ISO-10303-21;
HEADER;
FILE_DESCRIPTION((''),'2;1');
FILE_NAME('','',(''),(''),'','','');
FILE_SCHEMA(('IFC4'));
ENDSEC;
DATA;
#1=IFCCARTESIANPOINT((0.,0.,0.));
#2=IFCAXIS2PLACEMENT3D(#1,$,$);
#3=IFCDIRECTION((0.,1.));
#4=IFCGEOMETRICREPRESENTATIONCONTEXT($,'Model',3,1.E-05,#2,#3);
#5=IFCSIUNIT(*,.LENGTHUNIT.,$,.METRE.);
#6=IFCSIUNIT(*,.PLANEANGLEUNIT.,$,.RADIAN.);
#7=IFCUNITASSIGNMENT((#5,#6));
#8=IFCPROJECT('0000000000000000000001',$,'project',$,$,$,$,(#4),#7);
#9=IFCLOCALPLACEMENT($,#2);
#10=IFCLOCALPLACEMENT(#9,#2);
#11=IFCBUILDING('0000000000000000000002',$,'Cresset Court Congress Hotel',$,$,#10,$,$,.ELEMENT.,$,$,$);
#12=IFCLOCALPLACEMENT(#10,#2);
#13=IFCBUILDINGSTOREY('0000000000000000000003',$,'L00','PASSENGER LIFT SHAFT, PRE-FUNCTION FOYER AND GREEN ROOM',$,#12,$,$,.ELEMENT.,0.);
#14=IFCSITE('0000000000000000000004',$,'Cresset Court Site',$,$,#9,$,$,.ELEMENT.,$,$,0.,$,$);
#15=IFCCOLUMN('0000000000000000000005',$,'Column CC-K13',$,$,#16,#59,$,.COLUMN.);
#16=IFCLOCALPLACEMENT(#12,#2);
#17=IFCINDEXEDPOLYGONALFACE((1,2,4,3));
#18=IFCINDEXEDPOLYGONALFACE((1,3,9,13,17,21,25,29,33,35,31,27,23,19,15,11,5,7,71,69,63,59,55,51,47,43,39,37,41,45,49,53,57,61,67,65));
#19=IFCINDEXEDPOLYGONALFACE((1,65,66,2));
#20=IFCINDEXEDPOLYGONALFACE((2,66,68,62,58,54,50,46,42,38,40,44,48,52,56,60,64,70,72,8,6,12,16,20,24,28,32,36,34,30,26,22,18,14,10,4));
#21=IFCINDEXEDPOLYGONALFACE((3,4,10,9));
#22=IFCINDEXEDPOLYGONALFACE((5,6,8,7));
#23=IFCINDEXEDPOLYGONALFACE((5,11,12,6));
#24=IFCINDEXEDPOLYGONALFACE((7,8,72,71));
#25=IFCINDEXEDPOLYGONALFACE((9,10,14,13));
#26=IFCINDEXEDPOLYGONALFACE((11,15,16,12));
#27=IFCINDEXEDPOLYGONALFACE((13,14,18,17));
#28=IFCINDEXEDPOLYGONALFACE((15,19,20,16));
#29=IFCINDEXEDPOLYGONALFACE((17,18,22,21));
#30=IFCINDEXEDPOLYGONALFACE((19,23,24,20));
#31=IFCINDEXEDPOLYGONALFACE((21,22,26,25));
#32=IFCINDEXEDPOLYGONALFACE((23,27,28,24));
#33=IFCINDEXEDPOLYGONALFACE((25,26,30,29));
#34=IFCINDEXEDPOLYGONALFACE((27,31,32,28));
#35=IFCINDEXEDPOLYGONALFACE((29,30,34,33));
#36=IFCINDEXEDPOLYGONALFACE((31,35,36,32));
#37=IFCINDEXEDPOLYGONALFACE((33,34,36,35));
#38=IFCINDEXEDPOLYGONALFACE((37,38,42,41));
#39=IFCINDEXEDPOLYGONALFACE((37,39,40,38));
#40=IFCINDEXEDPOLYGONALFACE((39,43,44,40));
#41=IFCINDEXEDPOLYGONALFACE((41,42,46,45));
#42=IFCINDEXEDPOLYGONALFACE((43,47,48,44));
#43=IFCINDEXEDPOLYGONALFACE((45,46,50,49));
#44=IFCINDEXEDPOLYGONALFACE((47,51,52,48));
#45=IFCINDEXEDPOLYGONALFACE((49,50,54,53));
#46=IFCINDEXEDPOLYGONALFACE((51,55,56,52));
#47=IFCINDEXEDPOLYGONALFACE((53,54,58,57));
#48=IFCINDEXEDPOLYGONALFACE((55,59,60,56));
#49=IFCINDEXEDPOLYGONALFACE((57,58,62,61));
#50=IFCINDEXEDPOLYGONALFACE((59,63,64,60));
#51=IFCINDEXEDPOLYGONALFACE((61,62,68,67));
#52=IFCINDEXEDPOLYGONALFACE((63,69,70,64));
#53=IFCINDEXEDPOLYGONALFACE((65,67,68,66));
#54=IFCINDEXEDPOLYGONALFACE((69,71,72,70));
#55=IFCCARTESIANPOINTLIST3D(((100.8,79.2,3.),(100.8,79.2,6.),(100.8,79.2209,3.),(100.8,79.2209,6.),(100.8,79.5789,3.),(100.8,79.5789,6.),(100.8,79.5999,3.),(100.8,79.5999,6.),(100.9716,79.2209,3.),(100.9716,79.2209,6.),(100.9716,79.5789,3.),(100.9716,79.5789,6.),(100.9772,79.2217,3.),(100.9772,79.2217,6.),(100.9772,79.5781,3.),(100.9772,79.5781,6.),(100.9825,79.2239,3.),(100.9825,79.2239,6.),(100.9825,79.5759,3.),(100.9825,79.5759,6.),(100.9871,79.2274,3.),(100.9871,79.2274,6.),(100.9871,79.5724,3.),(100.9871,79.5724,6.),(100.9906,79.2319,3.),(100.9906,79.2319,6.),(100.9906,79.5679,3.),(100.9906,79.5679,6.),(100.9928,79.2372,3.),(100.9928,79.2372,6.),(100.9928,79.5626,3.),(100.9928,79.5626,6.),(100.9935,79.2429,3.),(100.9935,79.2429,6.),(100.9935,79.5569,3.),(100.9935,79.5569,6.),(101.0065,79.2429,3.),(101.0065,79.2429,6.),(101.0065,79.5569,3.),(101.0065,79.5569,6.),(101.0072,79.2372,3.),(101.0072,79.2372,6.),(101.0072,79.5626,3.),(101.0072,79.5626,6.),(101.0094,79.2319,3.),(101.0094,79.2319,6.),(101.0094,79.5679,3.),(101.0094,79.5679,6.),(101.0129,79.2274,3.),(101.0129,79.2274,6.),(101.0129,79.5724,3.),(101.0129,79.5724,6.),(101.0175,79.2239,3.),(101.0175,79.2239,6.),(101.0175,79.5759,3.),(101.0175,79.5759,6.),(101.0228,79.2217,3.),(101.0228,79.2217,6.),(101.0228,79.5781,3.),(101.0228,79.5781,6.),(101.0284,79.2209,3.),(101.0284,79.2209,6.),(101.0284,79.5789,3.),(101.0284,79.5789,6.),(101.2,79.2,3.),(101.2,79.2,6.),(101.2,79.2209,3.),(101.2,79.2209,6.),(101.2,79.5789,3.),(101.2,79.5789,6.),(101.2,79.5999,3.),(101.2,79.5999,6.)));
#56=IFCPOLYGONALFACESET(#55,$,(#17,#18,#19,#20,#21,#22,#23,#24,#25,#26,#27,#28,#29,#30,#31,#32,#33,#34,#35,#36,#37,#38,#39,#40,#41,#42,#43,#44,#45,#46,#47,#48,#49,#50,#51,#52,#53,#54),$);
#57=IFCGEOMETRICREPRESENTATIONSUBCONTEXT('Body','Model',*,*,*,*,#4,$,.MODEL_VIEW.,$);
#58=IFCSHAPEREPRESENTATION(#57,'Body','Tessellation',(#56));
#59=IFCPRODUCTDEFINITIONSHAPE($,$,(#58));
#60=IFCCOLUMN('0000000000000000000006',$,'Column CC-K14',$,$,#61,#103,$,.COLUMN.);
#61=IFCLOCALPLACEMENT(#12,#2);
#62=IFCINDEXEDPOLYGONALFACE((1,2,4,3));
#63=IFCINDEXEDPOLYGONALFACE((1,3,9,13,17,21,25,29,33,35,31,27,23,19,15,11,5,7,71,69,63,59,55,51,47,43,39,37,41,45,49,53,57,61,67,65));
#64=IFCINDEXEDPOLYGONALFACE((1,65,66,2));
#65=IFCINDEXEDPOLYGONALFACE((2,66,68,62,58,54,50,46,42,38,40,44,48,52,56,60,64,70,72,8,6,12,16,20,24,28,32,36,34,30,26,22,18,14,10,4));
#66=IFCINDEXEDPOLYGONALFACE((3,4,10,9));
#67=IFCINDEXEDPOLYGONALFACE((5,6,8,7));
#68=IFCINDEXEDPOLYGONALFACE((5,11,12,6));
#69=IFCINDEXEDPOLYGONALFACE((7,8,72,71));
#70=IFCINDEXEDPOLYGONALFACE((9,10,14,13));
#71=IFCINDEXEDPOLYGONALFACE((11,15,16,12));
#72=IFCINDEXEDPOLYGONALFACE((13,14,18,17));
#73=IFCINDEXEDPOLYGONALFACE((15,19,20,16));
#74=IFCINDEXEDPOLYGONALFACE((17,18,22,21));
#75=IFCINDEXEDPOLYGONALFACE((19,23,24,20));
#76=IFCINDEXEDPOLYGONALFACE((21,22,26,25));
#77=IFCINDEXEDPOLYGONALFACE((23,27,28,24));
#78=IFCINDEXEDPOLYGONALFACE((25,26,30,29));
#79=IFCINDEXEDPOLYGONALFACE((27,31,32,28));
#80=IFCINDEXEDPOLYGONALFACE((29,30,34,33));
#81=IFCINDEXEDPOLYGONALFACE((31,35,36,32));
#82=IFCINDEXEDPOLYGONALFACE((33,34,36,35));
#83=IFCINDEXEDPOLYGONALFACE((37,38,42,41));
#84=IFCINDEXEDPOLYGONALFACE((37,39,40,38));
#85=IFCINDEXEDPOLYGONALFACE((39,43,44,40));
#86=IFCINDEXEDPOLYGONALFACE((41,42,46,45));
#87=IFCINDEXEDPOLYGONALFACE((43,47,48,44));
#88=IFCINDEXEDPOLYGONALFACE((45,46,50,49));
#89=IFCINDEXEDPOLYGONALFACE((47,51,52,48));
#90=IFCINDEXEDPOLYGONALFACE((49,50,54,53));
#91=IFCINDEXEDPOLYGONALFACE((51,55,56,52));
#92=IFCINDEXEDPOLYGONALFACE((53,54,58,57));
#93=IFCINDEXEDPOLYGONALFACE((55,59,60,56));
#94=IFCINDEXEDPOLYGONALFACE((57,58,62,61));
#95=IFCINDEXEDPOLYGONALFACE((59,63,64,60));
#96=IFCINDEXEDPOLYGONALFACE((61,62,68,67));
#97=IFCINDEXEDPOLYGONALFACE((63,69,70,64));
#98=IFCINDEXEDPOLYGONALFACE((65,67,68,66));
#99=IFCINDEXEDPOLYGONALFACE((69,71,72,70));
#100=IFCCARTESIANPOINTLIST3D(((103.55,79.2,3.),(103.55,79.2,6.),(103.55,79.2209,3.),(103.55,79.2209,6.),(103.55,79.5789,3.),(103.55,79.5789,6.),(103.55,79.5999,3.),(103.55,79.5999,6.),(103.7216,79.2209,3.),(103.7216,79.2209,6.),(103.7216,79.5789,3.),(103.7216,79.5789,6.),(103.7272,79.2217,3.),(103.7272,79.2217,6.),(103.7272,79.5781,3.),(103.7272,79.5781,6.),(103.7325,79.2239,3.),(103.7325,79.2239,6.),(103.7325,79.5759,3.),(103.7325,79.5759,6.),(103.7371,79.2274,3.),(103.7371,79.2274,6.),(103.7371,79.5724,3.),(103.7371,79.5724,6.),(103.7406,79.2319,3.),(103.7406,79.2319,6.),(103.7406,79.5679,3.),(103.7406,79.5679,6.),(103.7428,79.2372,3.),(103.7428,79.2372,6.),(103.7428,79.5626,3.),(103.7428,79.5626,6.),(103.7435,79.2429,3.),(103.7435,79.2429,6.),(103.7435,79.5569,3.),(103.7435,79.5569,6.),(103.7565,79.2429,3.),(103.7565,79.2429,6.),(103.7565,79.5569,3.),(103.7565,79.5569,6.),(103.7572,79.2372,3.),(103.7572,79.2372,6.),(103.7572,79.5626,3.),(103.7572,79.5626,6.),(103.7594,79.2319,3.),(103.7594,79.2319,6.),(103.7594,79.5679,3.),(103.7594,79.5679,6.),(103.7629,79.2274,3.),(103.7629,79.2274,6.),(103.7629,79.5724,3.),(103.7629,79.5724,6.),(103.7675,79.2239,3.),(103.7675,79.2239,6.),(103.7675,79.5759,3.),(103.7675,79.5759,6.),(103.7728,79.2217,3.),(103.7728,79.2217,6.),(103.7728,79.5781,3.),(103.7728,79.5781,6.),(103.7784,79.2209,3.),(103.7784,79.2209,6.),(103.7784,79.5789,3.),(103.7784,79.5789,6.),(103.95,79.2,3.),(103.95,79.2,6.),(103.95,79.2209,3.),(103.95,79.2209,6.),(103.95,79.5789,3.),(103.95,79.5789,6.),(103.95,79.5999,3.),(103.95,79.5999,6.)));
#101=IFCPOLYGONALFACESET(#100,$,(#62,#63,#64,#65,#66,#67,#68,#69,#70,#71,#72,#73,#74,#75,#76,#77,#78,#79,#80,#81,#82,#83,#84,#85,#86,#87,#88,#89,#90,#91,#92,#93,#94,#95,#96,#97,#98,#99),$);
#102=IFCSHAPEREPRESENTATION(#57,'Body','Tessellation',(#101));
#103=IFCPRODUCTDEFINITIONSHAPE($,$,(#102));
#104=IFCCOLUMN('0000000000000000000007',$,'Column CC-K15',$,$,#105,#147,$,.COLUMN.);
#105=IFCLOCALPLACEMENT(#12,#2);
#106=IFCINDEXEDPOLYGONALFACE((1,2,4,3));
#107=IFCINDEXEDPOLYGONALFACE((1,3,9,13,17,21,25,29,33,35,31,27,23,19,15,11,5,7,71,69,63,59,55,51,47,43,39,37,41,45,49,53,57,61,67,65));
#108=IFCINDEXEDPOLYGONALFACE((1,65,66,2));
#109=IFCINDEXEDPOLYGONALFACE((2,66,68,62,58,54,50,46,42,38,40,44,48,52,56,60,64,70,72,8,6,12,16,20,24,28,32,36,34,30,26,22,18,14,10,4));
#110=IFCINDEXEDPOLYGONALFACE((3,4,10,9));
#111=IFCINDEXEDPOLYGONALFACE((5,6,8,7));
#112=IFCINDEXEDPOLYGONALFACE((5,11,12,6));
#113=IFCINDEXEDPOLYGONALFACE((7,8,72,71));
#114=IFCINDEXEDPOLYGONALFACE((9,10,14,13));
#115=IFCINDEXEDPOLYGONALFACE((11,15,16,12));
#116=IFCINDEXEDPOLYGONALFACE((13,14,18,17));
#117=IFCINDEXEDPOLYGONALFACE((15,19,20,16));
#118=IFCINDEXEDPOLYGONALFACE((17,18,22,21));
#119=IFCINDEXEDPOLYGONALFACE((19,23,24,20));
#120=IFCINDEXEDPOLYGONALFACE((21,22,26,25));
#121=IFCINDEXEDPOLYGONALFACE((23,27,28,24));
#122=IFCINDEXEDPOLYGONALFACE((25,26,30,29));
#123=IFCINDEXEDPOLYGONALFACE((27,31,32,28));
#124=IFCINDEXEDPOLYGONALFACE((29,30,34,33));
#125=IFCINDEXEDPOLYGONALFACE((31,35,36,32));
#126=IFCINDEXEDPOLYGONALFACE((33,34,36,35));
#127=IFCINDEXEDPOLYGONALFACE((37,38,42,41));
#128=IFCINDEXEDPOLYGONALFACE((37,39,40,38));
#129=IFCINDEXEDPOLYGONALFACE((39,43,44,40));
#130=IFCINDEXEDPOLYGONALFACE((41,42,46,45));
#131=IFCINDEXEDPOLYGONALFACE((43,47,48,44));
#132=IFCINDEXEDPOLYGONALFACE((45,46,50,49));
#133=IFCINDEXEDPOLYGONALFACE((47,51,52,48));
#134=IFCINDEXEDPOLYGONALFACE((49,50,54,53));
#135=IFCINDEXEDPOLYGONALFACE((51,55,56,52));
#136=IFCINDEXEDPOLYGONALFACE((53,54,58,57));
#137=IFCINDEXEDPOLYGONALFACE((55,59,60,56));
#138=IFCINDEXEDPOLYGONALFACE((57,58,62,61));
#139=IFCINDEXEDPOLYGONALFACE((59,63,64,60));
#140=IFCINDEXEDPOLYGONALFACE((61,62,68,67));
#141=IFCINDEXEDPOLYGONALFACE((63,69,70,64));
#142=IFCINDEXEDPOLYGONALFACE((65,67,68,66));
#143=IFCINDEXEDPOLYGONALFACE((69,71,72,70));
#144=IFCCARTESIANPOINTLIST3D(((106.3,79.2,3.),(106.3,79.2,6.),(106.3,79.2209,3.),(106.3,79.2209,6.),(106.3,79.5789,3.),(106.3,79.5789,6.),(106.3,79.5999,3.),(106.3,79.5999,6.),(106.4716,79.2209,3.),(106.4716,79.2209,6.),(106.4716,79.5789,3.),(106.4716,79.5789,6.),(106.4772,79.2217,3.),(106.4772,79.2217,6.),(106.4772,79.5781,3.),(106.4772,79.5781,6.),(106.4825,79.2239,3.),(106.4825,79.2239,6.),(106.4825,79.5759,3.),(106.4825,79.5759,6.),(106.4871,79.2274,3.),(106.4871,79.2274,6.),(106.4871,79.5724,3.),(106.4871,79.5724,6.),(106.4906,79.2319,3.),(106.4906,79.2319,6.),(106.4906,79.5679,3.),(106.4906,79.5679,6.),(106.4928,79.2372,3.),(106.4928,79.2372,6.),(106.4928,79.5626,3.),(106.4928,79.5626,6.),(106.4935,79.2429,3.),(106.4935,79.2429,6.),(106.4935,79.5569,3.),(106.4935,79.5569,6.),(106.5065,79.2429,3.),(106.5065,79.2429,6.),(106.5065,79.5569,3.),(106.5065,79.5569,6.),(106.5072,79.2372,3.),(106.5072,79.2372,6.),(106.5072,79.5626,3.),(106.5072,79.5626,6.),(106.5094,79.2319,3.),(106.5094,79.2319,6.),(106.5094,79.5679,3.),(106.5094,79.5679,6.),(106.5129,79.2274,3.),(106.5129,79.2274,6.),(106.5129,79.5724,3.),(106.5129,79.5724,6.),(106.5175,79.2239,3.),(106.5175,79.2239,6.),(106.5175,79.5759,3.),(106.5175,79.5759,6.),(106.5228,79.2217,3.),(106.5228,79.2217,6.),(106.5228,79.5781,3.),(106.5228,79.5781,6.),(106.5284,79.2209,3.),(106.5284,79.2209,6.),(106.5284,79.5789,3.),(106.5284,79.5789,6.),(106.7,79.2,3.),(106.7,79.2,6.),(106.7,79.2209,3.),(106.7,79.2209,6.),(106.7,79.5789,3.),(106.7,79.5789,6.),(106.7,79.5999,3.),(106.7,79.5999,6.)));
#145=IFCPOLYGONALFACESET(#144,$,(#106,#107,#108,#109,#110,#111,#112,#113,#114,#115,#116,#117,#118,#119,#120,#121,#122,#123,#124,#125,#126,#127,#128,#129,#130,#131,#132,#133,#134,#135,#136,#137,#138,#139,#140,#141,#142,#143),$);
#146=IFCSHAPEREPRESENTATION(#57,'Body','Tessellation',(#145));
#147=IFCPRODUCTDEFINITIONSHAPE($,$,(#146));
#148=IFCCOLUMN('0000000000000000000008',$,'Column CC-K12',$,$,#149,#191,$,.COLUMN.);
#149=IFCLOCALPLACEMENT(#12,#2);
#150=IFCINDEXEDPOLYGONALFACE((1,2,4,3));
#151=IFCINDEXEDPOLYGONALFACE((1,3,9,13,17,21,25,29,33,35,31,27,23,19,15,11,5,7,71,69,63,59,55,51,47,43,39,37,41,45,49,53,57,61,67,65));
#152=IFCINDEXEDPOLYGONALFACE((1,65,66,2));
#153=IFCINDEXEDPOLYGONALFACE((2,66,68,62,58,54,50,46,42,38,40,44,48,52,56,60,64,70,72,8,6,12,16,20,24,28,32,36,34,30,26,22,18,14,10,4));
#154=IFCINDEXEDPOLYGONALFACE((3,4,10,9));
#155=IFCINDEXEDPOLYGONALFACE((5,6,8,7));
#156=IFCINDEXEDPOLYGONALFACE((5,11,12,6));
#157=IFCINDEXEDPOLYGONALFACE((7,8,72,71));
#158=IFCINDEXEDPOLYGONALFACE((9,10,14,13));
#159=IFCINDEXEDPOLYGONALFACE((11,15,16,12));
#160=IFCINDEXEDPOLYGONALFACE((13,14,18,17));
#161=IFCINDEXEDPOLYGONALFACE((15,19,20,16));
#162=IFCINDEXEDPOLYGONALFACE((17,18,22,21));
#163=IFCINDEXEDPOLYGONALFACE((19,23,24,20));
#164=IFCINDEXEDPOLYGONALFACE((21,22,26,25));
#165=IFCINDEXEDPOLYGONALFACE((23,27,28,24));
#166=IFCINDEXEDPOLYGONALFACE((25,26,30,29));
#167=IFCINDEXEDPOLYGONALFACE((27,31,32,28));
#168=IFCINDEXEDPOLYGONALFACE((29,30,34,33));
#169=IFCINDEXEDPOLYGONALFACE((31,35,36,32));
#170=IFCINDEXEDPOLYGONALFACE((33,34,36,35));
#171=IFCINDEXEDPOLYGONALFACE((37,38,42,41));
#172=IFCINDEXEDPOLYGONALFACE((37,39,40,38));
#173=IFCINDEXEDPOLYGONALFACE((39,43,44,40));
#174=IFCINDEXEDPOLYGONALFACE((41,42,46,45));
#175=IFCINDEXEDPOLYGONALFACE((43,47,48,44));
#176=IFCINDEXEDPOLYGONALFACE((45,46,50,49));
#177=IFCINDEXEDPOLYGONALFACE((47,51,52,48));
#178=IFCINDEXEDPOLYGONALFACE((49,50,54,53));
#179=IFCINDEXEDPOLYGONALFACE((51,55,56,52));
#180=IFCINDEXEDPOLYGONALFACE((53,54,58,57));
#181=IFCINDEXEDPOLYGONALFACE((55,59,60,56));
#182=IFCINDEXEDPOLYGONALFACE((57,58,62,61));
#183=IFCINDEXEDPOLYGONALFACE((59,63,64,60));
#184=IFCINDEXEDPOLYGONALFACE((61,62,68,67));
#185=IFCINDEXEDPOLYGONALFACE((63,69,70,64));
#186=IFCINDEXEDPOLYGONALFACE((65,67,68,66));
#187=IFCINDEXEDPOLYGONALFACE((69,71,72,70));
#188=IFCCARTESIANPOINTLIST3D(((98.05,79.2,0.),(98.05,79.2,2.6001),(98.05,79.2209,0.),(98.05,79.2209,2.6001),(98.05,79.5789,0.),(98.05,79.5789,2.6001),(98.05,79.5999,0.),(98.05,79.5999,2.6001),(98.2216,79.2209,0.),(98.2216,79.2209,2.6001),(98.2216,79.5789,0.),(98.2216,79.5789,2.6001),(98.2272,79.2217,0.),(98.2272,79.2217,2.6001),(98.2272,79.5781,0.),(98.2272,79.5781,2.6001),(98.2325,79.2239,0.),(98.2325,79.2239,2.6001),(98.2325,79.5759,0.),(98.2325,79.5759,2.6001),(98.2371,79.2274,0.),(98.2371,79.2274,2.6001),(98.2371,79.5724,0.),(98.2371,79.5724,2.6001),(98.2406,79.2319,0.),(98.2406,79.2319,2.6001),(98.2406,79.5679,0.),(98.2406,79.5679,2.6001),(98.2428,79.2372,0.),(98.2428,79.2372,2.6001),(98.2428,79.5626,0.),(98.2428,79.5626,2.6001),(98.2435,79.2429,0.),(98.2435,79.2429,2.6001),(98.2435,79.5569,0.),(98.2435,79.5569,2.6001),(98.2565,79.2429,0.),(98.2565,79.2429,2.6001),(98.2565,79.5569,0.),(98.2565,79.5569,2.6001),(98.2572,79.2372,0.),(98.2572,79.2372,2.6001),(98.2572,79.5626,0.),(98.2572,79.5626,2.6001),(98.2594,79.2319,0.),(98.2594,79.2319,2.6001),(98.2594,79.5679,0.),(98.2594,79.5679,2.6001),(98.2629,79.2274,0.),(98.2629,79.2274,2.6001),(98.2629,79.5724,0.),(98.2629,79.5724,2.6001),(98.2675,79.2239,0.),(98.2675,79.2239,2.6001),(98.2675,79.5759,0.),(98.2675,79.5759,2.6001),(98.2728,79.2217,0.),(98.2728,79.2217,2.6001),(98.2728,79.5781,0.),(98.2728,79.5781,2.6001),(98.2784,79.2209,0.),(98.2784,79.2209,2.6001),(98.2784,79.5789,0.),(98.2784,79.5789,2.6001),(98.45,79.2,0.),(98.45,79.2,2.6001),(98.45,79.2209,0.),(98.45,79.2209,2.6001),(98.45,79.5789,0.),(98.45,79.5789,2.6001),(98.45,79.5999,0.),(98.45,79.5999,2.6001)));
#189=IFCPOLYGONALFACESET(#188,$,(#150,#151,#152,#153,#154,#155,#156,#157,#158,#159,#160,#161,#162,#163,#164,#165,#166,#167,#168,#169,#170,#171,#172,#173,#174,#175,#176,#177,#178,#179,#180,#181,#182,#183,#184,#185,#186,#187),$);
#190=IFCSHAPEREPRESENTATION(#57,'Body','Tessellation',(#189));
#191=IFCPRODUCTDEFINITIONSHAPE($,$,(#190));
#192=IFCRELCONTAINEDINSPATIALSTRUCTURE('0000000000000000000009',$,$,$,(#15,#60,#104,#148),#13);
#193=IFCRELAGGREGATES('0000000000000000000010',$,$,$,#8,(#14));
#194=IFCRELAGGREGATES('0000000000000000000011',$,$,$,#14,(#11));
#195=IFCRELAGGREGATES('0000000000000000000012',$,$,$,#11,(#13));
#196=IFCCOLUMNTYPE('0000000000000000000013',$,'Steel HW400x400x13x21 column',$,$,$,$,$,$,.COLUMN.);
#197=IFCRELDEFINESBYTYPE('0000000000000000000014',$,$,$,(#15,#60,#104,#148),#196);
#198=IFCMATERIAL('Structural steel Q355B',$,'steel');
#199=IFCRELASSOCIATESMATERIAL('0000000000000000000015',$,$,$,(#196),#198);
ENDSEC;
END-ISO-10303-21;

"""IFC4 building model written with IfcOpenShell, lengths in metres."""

from ifc_helpers import new_model, si_unit, direction, frame, origin, origin_2d, place, context, subcontext, project, spatial, i_section, extrude, material, material_profile, profile_set, type_object, element, save


model = new_model("IFC4")

# Units and contexts
model_context = context("Model", 3, precision=1e-05, world=origin(), true_north=direction((0.0, 1.0)))
body_context = subcontext(model_context, "Body", "Model", "MODEL_VIEW")
ifc_project = project(units=[si_unit("LENGTHUNIT", "METRE"), si_unit("PLANEANGLEUNIT", "RADIAN")], contexts=[model_context])

# Site, building, storey
site_placement = place(None, origin())
site = spatial("IfcSite", under=ifc_project, at=site_placement, Name="Cresset Court Site", CompositionType="ELEMENT", RefElevation=0.0)
building_placement = place(site_placement, origin())
building = spatial("IfcBuilding", under=site, at=building_placement, Name="Cresset Court Congress Hotel", CompositionType="ELEMENT")
storey_placement = place(building_placement, origin())
storey = spatial("IfcBuildingStorey", under=building, at=storey_placement, Name="L00", Description="PASSENGER LIFT SHAFT, PRE-FUNCTION FOYER AND GREEN ROOM", CompositionType="ELEMENT", Elevation=0.0)

# Columns
ifc_material_1 = material(Name="Structural steel Q355B", Category="steel")
ifc_material_profile = material_profile(ifc_material_1, i_section(OverallWidth=0.3999, OverallDepth=0.3999, WebThickness=0.0129, FlangeThickness=0.021, FilletRadius=0.022, at=origin_2d()), Name="HW400x400x13x21")
ifc_profile_set = profile_set([ifc_material_profile], Name="Structural steel Q355B")
column_type = type_object("IfcColumnType", Name="Steel HW400x400x13x21 column", PredefinedType="COLUMN", material=ifc_profile_set)
for number, where, z_axis, x_axis, name in (
    (1, (101.0, 79.3999, 3.0), (0.0, 0.0, 1.0), (1.0, 0.0, 0.0), "Column CC-K13"),
    (2, (103.75, 79.3999, 3.0), (0.0, 0.0, 1.0), (1.0, 0.0, 0.0), "Column CC-K14"),
    (3, (106.5, 79.3999, 3.0), (0.0, 0.0, 1.0), (1.0, 0.0, 0.0), "Column CC-K15"),
):
    element("IfcColumn", number, at=place(storey_placement, frame(where, z_axis=z_axis, x_axis=x_axis)), inside=storey, type_object=column_type, Name=name, PredefinedType="COLUMN", context=body_context, shape_type="SweptSolid", body=[
        extrude(i_section(OverallWidth=0.3999, OverallDepth=0.3999, WebThickness=0.0129, FlangeThickness=0.021, FilletRadius=0.022, at=origin_2d()), origin(), (0.0, 0.0, 1.0), 3.0),
    ])
for number, where, z_axis, x_axis, name in (
    (4, (98.25, 79.3999, 0.0), (0.0, 0.0, 1.0), (1.0, 0.0, 0.0), "Column CC-K12"),
):
    element("IfcColumn", number, at=place(storey_placement, frame(where, z_axis=z_axis, x_axis=x_axis)), inside=storey, type_object=column_type, Name=name, PredefinedType="COLUMN", context=body_context, shape_type="SweptSolid", body=[
        extrude(i_section(OverallWidth=0.3999, OverallDepth=0.3999, WebThickness=0.0129, FlangeThickness=0.021, FilletRadius=0.022, at=origin_2d()), origin(), (0.0, 0.0, 1.0), 2.6001),
    ])

save(model, "model.ifc")
